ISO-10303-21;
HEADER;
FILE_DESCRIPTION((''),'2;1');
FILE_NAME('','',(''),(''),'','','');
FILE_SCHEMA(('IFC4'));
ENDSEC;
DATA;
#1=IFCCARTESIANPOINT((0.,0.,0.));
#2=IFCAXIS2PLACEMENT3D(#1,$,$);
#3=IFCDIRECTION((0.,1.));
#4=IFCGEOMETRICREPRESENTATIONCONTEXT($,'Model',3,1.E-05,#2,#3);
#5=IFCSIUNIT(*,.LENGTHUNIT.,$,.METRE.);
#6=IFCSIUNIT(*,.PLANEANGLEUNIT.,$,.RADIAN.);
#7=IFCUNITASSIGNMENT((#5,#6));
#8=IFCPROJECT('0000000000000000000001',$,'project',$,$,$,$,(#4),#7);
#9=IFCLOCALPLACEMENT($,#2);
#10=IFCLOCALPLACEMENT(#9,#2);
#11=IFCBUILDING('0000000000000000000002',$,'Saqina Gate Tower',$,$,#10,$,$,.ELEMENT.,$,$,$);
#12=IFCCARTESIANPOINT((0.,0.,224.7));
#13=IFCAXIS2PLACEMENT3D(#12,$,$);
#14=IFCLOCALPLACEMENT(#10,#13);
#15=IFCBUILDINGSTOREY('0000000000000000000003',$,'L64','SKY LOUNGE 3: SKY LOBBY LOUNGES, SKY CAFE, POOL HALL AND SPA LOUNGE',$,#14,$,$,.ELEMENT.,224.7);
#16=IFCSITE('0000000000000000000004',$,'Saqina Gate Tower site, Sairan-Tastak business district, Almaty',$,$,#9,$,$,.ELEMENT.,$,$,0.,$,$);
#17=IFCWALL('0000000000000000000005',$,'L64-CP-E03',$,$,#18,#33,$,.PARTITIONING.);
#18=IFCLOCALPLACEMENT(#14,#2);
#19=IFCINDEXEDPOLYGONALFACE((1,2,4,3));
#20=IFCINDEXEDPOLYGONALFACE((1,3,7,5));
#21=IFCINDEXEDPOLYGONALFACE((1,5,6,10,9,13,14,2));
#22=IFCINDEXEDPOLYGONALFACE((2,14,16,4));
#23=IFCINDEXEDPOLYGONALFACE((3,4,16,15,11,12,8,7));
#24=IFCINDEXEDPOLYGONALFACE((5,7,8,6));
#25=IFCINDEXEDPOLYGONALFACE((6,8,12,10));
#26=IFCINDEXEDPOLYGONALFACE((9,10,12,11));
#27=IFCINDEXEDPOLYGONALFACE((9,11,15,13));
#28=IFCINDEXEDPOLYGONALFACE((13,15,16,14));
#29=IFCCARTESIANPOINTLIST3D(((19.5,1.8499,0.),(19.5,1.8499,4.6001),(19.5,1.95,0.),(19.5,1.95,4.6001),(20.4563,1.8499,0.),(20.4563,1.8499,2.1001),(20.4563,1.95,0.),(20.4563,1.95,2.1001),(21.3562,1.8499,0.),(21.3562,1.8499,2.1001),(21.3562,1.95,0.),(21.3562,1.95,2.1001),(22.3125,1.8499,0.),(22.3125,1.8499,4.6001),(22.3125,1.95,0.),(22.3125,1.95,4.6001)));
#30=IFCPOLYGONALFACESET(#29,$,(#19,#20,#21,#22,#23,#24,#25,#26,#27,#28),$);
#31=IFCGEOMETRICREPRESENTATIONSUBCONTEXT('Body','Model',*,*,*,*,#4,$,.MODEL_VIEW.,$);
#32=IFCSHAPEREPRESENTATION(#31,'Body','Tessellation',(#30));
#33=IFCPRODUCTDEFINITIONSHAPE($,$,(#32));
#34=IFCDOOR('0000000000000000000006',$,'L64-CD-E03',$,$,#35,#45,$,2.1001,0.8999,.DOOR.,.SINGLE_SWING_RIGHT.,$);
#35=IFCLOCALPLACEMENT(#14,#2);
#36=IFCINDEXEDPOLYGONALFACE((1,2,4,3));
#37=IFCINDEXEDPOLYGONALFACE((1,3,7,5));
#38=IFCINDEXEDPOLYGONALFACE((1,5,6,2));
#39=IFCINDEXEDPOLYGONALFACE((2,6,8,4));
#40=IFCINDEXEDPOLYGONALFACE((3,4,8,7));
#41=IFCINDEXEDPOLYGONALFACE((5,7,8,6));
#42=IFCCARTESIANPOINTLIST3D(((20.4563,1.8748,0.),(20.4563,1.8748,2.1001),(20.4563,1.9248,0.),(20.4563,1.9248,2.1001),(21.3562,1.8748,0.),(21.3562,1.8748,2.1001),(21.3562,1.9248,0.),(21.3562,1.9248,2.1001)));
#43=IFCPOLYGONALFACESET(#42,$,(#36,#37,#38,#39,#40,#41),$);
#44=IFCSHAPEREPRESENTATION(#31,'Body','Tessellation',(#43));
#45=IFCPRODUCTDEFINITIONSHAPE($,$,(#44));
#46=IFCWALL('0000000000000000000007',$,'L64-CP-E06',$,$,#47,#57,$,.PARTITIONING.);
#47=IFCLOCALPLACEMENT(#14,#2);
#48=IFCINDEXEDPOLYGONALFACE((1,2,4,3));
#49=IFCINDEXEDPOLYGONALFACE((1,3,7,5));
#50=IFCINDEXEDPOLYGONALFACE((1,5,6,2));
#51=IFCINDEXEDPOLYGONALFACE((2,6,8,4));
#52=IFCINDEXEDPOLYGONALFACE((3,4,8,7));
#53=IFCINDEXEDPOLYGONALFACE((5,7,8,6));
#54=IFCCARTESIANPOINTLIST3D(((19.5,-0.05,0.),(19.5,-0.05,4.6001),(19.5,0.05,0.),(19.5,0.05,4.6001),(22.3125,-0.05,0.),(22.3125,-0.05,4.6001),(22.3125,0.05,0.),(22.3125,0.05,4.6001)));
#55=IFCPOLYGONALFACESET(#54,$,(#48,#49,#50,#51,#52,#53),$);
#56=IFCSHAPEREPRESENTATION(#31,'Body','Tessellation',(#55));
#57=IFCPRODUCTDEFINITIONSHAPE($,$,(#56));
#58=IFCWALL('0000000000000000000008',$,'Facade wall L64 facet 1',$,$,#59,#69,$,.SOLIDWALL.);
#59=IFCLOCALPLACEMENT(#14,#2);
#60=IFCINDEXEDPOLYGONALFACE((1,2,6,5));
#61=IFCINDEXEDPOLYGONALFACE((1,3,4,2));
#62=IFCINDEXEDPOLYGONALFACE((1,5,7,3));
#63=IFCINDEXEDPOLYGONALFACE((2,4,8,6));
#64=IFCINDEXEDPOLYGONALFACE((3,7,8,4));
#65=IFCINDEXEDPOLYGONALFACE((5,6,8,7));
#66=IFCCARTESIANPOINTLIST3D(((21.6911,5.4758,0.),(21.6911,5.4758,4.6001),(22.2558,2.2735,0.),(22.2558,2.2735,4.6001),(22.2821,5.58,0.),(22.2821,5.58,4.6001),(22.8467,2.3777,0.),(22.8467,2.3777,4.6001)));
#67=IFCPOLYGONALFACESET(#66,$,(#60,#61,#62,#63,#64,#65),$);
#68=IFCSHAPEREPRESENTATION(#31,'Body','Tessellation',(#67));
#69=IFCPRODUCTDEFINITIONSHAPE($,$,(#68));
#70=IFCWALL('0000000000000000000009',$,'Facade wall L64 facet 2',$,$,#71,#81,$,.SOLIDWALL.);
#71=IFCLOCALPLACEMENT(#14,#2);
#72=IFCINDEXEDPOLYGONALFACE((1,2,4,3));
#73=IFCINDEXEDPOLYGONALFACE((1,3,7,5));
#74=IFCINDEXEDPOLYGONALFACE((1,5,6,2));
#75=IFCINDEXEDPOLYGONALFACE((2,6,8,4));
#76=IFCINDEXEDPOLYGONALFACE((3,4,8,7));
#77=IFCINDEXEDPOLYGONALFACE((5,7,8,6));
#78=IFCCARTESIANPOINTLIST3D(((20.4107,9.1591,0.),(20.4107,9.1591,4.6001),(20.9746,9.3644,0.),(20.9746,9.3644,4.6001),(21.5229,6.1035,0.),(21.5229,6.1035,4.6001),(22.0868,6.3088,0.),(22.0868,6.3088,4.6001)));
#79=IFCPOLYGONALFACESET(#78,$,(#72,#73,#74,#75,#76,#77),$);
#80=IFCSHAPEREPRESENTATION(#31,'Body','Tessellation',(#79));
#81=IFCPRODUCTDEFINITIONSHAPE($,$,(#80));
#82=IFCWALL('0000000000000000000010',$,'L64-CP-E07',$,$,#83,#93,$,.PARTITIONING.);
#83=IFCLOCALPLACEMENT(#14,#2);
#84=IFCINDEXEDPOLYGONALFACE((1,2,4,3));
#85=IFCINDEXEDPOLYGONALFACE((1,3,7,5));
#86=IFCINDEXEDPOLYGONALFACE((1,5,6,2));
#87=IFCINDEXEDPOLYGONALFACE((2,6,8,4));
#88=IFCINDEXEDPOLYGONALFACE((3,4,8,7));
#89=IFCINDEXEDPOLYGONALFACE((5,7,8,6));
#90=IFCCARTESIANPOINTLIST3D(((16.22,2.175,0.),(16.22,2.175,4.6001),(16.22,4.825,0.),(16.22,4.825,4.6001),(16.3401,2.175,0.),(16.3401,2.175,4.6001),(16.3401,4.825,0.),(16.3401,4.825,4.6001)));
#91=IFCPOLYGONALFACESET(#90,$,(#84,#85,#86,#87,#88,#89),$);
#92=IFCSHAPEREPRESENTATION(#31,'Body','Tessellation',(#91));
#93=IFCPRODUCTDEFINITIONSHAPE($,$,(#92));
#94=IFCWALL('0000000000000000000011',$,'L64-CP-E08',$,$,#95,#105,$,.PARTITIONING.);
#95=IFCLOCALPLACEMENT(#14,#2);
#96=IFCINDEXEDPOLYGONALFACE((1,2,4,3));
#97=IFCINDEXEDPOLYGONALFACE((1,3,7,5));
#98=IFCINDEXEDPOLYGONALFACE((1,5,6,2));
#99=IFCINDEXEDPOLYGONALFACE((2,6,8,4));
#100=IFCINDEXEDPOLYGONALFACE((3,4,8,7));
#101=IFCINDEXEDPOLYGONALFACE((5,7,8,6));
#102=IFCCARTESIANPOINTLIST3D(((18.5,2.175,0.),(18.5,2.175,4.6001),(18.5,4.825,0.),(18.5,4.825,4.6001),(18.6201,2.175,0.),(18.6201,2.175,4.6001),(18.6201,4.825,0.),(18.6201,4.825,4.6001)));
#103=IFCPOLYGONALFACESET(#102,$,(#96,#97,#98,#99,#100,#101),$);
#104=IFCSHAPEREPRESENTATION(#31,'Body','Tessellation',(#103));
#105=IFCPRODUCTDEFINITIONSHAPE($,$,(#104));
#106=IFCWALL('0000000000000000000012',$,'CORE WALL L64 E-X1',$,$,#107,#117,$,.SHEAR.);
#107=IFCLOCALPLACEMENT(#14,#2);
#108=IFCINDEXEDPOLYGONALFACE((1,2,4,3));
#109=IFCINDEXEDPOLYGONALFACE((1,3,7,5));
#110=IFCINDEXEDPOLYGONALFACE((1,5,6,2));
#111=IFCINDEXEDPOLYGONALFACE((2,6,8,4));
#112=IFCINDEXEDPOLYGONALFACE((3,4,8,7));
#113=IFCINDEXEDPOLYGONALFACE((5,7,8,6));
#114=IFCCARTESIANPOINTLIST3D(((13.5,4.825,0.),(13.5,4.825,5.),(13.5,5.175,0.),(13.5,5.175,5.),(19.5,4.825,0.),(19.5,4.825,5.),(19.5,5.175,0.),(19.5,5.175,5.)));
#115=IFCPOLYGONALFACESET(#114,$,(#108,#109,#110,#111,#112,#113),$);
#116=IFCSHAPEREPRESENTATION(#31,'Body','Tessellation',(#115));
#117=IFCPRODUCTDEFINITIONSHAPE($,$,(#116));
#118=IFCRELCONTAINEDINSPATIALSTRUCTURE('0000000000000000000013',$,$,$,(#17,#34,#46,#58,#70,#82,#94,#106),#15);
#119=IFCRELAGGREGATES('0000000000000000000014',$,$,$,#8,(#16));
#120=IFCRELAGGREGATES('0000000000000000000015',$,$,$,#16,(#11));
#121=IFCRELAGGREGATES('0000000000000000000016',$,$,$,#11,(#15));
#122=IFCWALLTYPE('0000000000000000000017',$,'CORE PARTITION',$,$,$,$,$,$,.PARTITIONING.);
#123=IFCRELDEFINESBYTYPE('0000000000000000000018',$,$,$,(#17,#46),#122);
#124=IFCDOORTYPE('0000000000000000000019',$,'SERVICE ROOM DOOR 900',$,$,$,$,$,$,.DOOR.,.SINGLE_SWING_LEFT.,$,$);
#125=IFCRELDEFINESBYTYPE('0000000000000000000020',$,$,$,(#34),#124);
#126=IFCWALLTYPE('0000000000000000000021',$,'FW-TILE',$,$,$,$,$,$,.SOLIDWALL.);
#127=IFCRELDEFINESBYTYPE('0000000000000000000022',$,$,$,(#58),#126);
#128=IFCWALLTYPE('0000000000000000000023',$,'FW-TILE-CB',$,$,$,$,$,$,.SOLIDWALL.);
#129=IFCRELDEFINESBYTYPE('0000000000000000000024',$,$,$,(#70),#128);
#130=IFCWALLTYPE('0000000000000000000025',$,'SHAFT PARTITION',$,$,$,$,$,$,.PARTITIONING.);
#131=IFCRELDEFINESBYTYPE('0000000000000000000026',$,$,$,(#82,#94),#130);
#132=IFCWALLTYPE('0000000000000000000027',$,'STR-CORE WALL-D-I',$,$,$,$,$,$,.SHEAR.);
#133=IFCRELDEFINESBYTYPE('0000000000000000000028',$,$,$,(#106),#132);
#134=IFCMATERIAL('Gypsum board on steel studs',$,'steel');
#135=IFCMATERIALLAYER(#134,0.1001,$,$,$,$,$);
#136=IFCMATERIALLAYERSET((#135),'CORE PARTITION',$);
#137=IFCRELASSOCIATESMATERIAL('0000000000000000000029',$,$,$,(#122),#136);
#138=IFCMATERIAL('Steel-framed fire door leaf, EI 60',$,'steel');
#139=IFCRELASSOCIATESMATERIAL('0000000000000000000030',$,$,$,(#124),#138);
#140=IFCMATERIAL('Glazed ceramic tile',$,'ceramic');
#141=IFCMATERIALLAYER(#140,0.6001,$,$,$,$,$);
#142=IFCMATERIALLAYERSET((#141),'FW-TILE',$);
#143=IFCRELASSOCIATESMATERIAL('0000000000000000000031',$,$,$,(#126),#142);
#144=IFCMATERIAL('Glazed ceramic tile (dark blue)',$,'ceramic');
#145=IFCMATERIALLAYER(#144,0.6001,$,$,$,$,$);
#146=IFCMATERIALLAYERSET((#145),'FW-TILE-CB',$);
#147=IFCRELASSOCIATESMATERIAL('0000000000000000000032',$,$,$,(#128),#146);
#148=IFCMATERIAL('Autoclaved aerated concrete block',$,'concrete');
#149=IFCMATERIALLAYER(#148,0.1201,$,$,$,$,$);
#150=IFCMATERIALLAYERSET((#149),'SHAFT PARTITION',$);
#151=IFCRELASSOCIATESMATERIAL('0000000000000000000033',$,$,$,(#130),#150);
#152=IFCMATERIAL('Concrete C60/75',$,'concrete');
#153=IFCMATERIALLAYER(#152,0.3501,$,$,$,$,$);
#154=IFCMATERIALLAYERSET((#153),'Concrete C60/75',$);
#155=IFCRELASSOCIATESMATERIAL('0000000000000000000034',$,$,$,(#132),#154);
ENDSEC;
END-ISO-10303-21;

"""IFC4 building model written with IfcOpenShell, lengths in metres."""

from ifc_helpers import new_model, si_unit, direction, frame, frame_2d, origin, place, context, subcontext, project, spatial, rectangle, extrude, material, layer, layer_set, type_object, element, fill, save


model = new_model("IFC4")

# Units and contexts
model_context = context("Model", 3, precision=1e-05, world=origin(), true_north=direction((0.0, 1.0)))
body_context = subcontext(model_context, "Body", "Model", "MODEL_VIEW")
ifc_project = project(units=[si_unit("LENGTHUNIT", "METRE"), si_unit("PLANEANGLEUNIT", "RADIAN")], contexts=[model_context])

# Site, building, storey
site_placement = place(None, origin())
site = spatial("IfcSite", under=ifc_project, at=site_placement, Name="Saqina Gate Tower site, Sairan-Tastak business district, Almaty", CompositionType="ELEMENT", RefElevation=0.0)
building_placement = place(site_placement, origin())
building = spatial("IfcBuilding", under=site, at=building_placement, Name="Saqina Gate Tower", CompositionType="ELEMENT")
storey_placement = place(building_placement, frame((0.0, 0.0, 224.7)))
storey = spatial("IfcBuildingStorey", under=building, at=storey_placement, Name="L64", Description="SKY LOUNGE 3: SKY LOBBY LOUNGES, SKY CAFE, POOL HALL AND SPA LOUNGE", CompositionType="ELEMENT", Elevation=224.7)

# Shared definitions
ifc_material_1 = material(Name="Gypsum board on steel studs", Category="steel")
ifc_layer_1 = layer(ifc_material_1, 0.1001)
ifc_layer_set_1 = layer_set([ifc_layer_1], Name="CORE PARTITION")
wall_type_1 = type_object("IfcWallType", Name="CORE PARTITION", PredefinedType="PARTITIONING", material=ifc_layer_set_1)

# Wall, opening, door
wall_1_placement = place(storey_placement, frame((19.5, 1.8999, 0.0), z_axis=(0.0, 0.0, 1.0), x_axis=(1.0, 0.0, 0.0)))
wall_1 = element("IfcWall", 1, at=wall_1_placement, inside=storey, type_object=wall_type_1, Name="L64-CP-E03", PredefinedType="PARTITIONING", context=body_context, shape_type="SweptSolid", body=[
    extrude(rectangle(XDim=2.8125, YDim=0.1001, at=frame_2d((1.4062, 0.0))), origin(), (0.0, 0.0, 1.0), 4.6001),
])
opening_1_placement = place(wall_1_placement, frame((0.9563, 0.0, 0.0)))
opening_1 = element("IfcOpeningElement", 2, at=opening_1_placement, cuts=wall_1, PredefinedType="OPENING", context=body_context, shape_type="SweptSolid", body=[
    extrude(rectangle(XDim=0.8999, YDim=2.1001, at=frame_2d((0.45, 1.05))), frame((0.0, 0.062, 0.0), z_axis=(0.0, -1.0, 0.0), x_axis=(1.0, 0.0, 0.0)), (0.0, 0.0, 1.0), 0.124),
])
ifc_material_2 = material(Name="Steel-framed fire door leaf, EI 60", Category="steel")
door_type_1 = type_object("IfcDoorType", Name="SERVICE ROOM DOOR 900", OperationType="SINGLE_SWING_LEFT", PredefinedType="DOOR", material=ifc_material_2)
door_1_placement = place(opening_1_placement, origin())
door_1 = element("IfcDoor", 3, at=door_1_placement, inside=storey, type_object=door_type_1, Name="L64-CD-E03", OperationType="SINGLE_SWING_RIGHT", OverallHeight=2.1001, OverallWidth=0.8999, PredefinedType="DOOR", context=body_context, shape_type="SweptSolid", body=[
    extrude(rectangle(XDim=0.8999, YDim=2.1001, at=frame_2d((0.45, 1.05))), frame((0.0, 0.0249, 0.0), z_axis=(0.0, -1.0, 0.0), x_axis=(1.0, 0.0, 0.0)), (0.0, 0.0, 1.0), 0.05),
])
fill(opening_1, door_1)

# Walls
wall_2_placement = place(storey_placement, frame((19.5, 0.0, 0.0), z_axis=(0.0, 0.0, 1.0), x_axis=(1.0, 0.0, 0.0)))
element("IfcWall", 4, at=wall_2_placement, inside=storey, type_object=wall_type_1, Name="L64-CP-E06", PredefinedType="PARTITIONING", context=body_context, shape_type="SweptSolid", body=[
    extrude(rectangle(XDim=2.8125, YDim=0.1001, at=frame_2d((1.4062, 0.0))), origin(), (0.0, 0.0, 1.0), 4.6001),
])
ifc_material_3 = material(Name="Glazed ceramic tile", Category="ceramic")
ifc_layer_2 = layer(ifc_material_3, 0.6001)
ifc_layer_set_2 = layer_set([ifc_layer_2], Name="FW-TILE")
wall_type_2 = type_object("IfcWallType", Name="FW-TILE", PredefinedType="SOLIDWALL", material=ifc_layer_set_2)
wall_3_placement = place(storey_placement, frame((22.5513, 2.3254, 0.0), z_axis=(0.0, 0.0, 1.0), x_axis=(-0.173657, 0.984806, 0.0)))
element("IfcWall", 5, at=wall_3_placement, inside=storey, type_object=wall_type_2, Name="Facade wall L64 facet 1", PredefinedType="SOLIDWALL", context=body_context, shape_type="SweptSolid", body=[
    extrude(rectangle(XDim=3.2517, YDim=0.6001, at=frame_2d((1.626, 0.0))), origin(), (0.0, 0.0, 1.0), 4.6001),
])
ifc_material_4 = material(Name="Glazed ceramic tile (dark blue)", Category="ceramic")
ifc_layer_3 = layer(ifc_material_4, 0.6001)
ifc_layer_set_3 = layer_set([ifc_layer_3], Name="FW-TILE-CB")
wall_type_3 = type_object("IfcWallType", Name="FW-TILE-CB", PredefinedType="SOLIDWALL", material=ifc_layer_set_3)
wall_4_placement = place(storey_placement, frame((21.8049, 6.2061, 0.0), z_axis=(0.0, 0.0, 1.0), x_axis=(-0.342057, 0.939679, 0.0)))
element("IfcWall", 6, at=wall_4_placement, inside=storey, type_object=wall_type_3, Name="Facade wall L64 facet 2", PredefinedType="SOLIDWALL", context=body_context, shape_type="SweptSolid", body=[
    extrude(rectangle(XDim=3.2517, YDim=0.6001, at=frame_2d((1.626, 0.0))), origin(), (0.0, 0.0, 1.0), 4.6001),
])
ifc_material_5 = material(Name="Autoclaved aerated concrete block", Category="concrete")
ifc_layer_4 = layer(ifc_material_5, 0.1201)
ifc_layer_set_4 = layer_set([ifc_layer_4], Name="SHAFT PARTITION")
wall_type_4 = type_object("IfcWallType", Name="SHAFT PARTITION", PredefinedType="PARTITIONING", material=ifc_layer_set_4)
for number, where, z_axis, x_axis, name in (
    (7, (16.28, 2.175, 0.0), (0.0, 0.0, 1.0), (0.0, 1.0, 0.0), "L64-CP-E07"),
    (8, (18.5601, 2.175, 0.0), (0.0, 0.0, 1.0), (0.0, 1.0, 0.0), "L64-CP-E08"),
):
    element("IfcWall", number, at=place(storey_placement, frame(where, z_axis=z_axis, x_axis=x_axis)), inside=storey, type_object=wall_type_4, Name=name, PredefinedType="PARTITIONING", context=body_context, shape_type="SweptSolid", body=[
        extrude(rectangle(XDim=2.6499, YDim=0.1201, at=frame_2d((1.325, 0.0))), origin(), (0.0, 0.0, 1.0), 4.6001),
    ])
ifc_material_6 = material(Name="Concrete C60/75", Category="concrete")
ifc_layer_5 = layer(ifc_material_6, 0.3501)
ifc_layer_set_5 = layer_set([ifc_layer_5], Name="Concrete C60/75")
wall_type_5 = type_object("IfcWallType", Name="STR-CORE WALL-D-I", PredefinedType="SHEAR", material=ifc_layer_set_5)
wall_5_placement = place(storey_placement, frame((13.5, 5.0, 0.0), z_axis=(0.0, 0.0, 1.0), x_axis=(1.0, 0.0, 0.0)))
element("IfcWall", 9, at=wall_5_placement, inside=storey, type_object=wall_type_5, Name="CORE WALL L64 E-X1", PredefinedType="SHEAR", context=body_context, shape_type="SweptSolid", body=[
    extrude(rectangle(XDim=6.0, YDim=0.3501, at=frame_2d((3.0, 0.0))), origin(), (0.0, 0.0, 1.0), 5.0),
])

save(model, "model.ifc")
